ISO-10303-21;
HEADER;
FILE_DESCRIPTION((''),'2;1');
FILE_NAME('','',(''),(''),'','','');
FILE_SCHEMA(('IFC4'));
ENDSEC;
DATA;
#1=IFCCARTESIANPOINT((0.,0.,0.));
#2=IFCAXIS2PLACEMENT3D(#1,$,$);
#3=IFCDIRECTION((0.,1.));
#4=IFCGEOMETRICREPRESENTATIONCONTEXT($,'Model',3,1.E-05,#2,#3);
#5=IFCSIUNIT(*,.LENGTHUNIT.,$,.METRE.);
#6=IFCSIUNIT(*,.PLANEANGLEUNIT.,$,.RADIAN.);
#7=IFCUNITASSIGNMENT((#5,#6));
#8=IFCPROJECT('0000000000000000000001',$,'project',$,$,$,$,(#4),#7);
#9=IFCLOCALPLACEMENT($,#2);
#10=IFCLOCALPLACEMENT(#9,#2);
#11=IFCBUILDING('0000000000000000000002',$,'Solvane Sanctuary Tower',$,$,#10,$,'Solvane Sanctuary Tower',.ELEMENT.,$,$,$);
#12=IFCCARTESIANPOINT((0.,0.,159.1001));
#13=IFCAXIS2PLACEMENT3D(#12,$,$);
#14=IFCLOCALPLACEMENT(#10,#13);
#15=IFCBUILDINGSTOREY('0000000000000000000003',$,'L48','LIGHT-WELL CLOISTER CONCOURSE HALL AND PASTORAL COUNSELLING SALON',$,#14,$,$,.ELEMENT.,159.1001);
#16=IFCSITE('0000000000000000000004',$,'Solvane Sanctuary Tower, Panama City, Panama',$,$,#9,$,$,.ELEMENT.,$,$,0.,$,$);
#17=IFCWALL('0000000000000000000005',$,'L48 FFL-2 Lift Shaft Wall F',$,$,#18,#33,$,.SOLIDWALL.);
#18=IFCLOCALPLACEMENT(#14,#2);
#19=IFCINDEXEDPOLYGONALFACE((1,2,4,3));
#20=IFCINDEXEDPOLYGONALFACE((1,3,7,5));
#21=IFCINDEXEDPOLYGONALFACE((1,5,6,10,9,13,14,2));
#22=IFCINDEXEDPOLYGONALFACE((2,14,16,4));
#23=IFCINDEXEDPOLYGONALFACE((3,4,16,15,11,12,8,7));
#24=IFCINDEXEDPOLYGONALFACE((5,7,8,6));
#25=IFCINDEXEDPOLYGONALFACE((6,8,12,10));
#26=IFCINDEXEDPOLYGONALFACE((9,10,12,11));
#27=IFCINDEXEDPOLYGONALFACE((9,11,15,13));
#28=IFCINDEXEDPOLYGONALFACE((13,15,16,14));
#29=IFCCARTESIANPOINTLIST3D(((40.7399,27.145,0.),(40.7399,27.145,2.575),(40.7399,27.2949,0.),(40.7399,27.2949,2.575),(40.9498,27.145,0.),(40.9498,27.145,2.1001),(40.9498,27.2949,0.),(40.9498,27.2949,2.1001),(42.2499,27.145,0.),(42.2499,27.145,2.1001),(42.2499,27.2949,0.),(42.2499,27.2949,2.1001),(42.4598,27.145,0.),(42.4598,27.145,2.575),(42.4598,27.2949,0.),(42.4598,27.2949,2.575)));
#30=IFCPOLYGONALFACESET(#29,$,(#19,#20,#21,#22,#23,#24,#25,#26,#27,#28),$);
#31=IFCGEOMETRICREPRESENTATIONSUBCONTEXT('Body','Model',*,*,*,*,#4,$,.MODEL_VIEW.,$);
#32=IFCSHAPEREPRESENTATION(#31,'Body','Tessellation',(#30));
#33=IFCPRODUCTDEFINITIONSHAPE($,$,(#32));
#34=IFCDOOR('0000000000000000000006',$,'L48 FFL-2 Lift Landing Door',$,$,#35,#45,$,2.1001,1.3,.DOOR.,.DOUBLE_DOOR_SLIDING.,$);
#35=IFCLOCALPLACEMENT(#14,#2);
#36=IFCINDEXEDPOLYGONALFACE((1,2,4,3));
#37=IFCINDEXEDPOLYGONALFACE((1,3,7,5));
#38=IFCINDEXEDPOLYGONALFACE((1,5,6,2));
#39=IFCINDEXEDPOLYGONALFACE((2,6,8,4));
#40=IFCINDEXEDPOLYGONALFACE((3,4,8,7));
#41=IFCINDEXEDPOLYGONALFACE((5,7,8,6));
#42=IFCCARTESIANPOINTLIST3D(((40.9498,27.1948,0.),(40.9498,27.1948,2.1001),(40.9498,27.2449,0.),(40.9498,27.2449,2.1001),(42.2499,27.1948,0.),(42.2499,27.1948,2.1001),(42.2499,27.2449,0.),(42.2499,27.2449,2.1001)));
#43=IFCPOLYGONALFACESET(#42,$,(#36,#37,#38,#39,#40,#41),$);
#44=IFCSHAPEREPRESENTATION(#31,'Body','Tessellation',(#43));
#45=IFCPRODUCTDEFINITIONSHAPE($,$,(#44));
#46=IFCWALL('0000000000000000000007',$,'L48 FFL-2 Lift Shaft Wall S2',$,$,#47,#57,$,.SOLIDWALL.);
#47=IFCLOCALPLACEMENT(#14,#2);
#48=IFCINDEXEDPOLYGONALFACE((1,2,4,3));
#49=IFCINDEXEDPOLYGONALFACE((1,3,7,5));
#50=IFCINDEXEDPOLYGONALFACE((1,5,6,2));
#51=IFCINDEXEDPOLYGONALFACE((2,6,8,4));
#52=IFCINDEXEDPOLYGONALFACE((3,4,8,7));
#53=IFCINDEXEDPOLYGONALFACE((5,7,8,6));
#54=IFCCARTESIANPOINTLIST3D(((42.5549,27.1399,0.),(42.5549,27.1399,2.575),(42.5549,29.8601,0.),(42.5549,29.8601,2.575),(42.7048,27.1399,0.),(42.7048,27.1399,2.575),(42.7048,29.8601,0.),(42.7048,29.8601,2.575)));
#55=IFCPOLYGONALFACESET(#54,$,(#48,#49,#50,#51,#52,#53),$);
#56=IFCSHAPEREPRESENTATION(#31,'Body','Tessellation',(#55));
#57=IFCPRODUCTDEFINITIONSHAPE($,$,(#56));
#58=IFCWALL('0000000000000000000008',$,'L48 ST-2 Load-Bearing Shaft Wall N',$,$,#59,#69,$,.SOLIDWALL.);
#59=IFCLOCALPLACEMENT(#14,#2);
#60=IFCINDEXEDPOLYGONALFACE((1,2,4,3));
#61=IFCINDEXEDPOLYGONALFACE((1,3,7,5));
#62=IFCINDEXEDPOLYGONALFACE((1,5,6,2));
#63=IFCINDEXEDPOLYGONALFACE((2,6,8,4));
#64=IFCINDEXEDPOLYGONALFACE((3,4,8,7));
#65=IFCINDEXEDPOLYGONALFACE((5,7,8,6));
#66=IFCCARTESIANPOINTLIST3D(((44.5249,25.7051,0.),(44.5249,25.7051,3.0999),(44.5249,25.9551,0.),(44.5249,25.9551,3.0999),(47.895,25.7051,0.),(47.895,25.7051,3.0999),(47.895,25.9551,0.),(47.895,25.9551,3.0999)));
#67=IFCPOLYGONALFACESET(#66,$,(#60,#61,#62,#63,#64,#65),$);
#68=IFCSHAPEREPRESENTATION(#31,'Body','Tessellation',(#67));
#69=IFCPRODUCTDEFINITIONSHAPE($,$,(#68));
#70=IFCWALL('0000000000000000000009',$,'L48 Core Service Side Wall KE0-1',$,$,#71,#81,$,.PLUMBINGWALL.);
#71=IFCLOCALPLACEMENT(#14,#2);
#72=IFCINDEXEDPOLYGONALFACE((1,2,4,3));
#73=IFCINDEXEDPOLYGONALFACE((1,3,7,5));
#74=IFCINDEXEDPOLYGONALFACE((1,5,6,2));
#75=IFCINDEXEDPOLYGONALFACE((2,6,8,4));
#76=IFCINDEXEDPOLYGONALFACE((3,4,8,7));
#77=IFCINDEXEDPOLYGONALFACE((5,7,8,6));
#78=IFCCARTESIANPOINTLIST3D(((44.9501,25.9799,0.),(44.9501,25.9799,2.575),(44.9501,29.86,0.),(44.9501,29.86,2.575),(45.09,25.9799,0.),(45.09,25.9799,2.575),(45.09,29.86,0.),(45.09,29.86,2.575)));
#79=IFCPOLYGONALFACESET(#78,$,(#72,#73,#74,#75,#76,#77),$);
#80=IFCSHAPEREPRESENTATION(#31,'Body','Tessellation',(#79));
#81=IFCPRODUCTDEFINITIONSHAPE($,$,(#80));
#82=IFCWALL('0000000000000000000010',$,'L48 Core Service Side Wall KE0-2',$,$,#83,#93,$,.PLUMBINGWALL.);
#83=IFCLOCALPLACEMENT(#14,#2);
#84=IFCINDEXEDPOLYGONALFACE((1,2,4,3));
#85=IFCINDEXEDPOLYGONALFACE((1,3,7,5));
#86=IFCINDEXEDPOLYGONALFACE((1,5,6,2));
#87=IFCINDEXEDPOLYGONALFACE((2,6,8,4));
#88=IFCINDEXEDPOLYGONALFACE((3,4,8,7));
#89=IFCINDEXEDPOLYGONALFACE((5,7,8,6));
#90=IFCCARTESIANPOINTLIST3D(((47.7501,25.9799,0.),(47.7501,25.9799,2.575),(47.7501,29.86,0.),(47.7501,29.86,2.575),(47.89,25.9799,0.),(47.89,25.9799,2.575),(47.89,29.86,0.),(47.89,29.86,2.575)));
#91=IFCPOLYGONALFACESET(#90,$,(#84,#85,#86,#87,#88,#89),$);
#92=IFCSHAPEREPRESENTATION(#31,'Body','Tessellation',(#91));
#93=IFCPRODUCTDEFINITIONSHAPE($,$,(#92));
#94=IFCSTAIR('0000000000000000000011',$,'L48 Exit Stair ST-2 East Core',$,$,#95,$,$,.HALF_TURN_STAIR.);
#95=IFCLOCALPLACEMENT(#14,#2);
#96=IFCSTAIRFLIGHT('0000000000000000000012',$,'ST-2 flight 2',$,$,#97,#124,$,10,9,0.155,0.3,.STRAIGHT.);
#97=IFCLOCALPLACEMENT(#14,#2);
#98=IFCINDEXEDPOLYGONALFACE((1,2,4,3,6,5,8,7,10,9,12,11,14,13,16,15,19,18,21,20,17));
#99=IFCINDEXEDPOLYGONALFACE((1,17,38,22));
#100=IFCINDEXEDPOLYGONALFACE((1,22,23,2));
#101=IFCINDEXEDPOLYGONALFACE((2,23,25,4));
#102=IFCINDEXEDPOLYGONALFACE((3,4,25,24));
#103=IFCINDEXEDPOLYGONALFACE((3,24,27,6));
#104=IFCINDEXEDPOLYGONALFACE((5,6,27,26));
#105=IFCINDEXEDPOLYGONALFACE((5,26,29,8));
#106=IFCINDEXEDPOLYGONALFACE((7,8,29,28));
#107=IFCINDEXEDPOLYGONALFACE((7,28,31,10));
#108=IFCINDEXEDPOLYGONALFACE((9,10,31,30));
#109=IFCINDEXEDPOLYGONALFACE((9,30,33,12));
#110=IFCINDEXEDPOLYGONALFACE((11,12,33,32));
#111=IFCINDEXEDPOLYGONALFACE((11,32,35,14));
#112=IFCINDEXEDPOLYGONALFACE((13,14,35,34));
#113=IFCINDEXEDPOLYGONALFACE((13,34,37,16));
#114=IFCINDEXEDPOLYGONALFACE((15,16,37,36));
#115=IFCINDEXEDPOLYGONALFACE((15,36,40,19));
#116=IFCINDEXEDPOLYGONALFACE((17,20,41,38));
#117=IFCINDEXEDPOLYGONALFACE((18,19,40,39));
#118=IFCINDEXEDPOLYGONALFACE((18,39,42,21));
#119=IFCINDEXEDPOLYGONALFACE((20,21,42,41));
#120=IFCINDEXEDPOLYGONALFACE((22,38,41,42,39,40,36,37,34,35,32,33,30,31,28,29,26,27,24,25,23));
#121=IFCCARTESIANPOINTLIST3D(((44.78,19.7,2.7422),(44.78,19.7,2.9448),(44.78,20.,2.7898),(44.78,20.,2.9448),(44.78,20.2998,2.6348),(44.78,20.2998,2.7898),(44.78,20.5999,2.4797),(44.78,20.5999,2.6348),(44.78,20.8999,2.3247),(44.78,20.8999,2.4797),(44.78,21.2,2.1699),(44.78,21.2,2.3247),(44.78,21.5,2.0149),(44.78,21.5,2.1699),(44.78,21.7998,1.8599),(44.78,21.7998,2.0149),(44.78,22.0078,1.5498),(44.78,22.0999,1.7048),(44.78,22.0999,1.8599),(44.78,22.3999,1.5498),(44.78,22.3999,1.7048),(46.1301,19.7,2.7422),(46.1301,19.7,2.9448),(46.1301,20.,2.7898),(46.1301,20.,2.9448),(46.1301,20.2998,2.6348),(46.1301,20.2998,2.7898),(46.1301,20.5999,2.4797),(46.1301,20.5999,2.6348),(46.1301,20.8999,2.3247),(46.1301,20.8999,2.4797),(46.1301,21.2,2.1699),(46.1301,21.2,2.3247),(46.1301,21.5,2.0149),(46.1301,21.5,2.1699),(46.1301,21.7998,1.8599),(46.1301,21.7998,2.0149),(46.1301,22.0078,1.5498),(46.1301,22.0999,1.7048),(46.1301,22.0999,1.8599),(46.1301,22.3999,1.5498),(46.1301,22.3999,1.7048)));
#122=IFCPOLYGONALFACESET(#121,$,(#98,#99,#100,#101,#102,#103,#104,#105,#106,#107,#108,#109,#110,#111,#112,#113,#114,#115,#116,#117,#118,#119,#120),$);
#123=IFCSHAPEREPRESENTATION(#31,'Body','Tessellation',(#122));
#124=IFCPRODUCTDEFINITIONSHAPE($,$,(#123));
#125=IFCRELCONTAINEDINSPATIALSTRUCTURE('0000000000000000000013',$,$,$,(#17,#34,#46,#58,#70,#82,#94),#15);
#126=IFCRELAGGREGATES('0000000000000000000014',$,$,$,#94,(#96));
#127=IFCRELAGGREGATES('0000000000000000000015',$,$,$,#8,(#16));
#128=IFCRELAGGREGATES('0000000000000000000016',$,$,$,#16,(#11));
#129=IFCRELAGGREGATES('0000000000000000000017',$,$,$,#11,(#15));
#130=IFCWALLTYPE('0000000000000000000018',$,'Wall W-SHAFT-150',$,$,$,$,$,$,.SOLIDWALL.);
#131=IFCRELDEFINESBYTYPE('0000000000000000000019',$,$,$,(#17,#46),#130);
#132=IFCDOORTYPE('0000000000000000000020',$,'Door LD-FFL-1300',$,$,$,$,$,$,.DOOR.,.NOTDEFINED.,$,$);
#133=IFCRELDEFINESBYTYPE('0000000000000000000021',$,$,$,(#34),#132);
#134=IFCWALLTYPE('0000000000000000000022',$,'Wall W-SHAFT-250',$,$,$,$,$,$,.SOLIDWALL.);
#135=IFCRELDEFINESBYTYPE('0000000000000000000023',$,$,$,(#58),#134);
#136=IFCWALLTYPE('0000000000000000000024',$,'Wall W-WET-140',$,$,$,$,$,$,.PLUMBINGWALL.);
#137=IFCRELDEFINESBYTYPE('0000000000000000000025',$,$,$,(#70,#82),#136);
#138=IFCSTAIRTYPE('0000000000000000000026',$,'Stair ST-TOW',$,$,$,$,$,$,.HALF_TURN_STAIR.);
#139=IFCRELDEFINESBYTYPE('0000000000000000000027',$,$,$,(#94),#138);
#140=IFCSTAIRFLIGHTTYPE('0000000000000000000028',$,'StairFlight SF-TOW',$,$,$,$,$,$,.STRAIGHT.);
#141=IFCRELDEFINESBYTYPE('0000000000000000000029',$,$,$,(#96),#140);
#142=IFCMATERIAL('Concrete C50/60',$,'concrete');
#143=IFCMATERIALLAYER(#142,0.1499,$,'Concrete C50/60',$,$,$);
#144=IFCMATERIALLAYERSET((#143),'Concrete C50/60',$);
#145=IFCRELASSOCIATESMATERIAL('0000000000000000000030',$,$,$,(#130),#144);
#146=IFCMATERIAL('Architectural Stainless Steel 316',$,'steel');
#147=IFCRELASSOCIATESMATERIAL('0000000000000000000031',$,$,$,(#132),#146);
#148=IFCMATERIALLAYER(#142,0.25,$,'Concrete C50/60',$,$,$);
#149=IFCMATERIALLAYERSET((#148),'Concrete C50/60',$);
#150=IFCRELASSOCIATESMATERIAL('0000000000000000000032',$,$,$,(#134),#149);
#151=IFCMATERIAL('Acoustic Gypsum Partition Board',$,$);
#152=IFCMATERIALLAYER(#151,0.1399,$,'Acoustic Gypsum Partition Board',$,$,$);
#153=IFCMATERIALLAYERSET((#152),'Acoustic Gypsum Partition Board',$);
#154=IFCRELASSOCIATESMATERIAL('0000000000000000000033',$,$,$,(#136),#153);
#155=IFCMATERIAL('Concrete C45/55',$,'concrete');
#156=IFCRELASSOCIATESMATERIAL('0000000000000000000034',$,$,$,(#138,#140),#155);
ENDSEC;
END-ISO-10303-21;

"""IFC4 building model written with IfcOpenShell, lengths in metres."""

from ifc_helpers import new_model, si_unit, direction, frame, frame_2d, origin, place, context, subcontext, project, spatial, polyline, rectangle, outline, extrude, material, layer, layer_set, type_object, element, fill, aggregate, save


model = new_model("IFC4")

# Units and contexts
model_context = context("Model", 3, precision=1e-05, world=origin(), true_north=direction((0.0, 1.0)))
body_context = subcontext(model_context, "Body", "Model", "MODEL_VIEW")
ifc_project = project(units=[si_unit("LENGTHUNIT", "METRE"), si_unit("PLANEANGLEUNIT", "RADIAN")], contexts=[model_context])

# Site, building, storey
site_placement = place(None, origin())
site = spatial("IfcSite", under=ifc_project, at=site_placement, Name="Solvane Sanctuary Tower, Panama City, Panama", CompositionType="ELEMENT", RefElevation=0.0)
building_placement = place(site_placement, origin())
building = spatial("IfcBuilding", under=site, at=building_placement, Name="Solvane Sanctuary Tower", LongName="Solvane Sanctuary Tower", CompositionType="ELEMENT")
storey_placement = place(building_placement, frame((0.0, 0.0, 159.1001)))
storey = spatial("IfcBuildingStorey", under=building, at=storey_placement, Name="L48", Description="LIGHT-WELL CLOISTER CONCOURSE HALL AND PASTORAL COUNSELLING SALON", CompositionType="ELEMENT", Elevation=159.1001)

# Shared definitions
ifc_material_1 = material(Name="Acoustic Gypsum Partition Board")
ifc_material_2 = material(Name="Concrete C50/60", Category="concrete")
ifc_layer_1 = layer(ifc_material_2, 0.1499, Name="Concrete C50/60")
ifc_layer_set_1 = layer_set([ifc_layer_1], Name="Concrete C50/60")
wall_type_1 = type_object("IfcWallType", Name="Wall W-SHAFT-150", PredefinedType="SOLIDWALL", material=ifc_layer_set_1)

# Wall, opening, door
wall_1_placement = place(storey_placement, frame((40.74, 27.22, 0.0), z_axis=(0.0, 0.0, 1.0), x_axis=(1.0, 0.0, 0.0)))
wall_1 = element("IfcWall", 1, at=wall_1_placement, inside=storey, type_object=wall_type_1, Name="L48 FFL-2 Lift Shaft Wall F", PredefinedType="SOLIDWALL", context=body_context, shape_type="SweptSolid", body=[
    extrude(rectangle(XDim=1.72, YDim=0.1499, at=frame_2d((0.8599, 0.0))), origin(), (0.0, 0.0, 1.0), 2.575),
])
opening_placement = place(wall_1_placement, frame((0.21, 0.0, 0.0)))
opening = element("IfcOpeningElement", 2, at=opening_placement, cuts=wall_1, PredefinedType="OPENING", context=body_context, shape_type="SweptSolid", body=[
    extrude(rectangle(XDim=1.3, YDim=2.1001, at=frame_2d((0.6499, 1.05))), frame((0.0, 0.085, 0.0), z_axis=(0.0, -1.0, 0.0), x_axis=(1.0, 0.0, 0.0)), (0.0, 0.0, 1.0), 0.1699),
])
ifc_material_3 = material(Name="Architectural Stainless Steel 316", Category="steel")
door_type = type_object("IfcDoorType", Name="Door LD-FFL-1300", OperationType="NOTDEFINED", PredefinedType="DOOR", material=ifc_material_3)
door_placement = place(opening_placement, origin())
door = element("IfcDoor", 3, at=door_placement, inside=storey, type_object=door_type, Name="L48 FFL-2 Lift Landing Door", OperationType="DOUBLE_DOOR_SLIDING", OverallHeight=2.1001, OverallWidth=1.3, PredefinedType="DOOR", context=body_context, shape_type="SweptSolid", body=[
    extrude(rectangle(XDim=1.3, YDim=2.1001, at=frame_2d((0.6499, 1.05))), frame((0.0, 0.0249, 0.0), z_axis=(0.0, -1.0, 0.0), x_axis=(1.0, 0.0, 0.0)), (0.0, 0.0, 1.0), 0.05),
])
fill(opening, door)

# Walls
wall_2_placement = place(storey_placement, frame((42.6299, 27.1399, 0.0), z_axis=(0.0, 0.0, 1.0), x_axis=(0.0, 1.0, 0.0)))
element("IfcWall", 4, at=wall_2_placement, inside=storey, type_object=wall_type_1, Name="L48 FFL-2 Lift Shaft Wall S2", PredefinedType="SOLIDWALL", context=body_context, shape_type="SweptSolid", body=[
    extrude(rectangle(XDim=2.7202, YDim=0.1499, at=frame_2d((1.3601, 0.0))), origin(), (0.0, 0.0, 1.0), 2.575),
])
ifc_layer_2 = layer(ifc_material_2, 0.25, Name="Concrete C50/60")
ifc_layer_set_2 = layer_set([ifc_layer_2], Name="Concrete C50/60")
wall_type_2 = type_object("IfcWallType", Name="Wall W-SHAFT-250", PredefinedType="SOLIDWALL", material=ifc_layer_set_2)
wall_3_placement = place(storey_placement, frame((44.5249, 25.8301, 0.0), z_axis=(0.0, 0.0, 1.0), x_axis=(1.0, 0.0, 0.0)))
element("IfcWall", 5, at=wall_3_placement, inside=storey, type_object=wall_type_2, Name="L48 ST-2 Load-Bearing Shaft Wall N", PredefinedType="SOLIDWALL", context=body_context, shape_type="SweptSolid", body=[
    extrude(rectangle(XDim=3.3701, YDim=0.25, at=frame_2d((1.6851, 0.0))), origin(), (0.0, 0.0, 1.0), 3.0999),
])
ifc_layer_3 = layer(ifc_material_1, 0.1399, Name="Acoustic Gypsum Partition Board")
ifc_layer_set_3 = layer_set([ifc_layer_3], Name="Acoustic Gypsum Partition Board")
wall_type_3 = type_object("IfcWallType", Name="Wall W-WET-140", PredefinedType="PLUMBINGWALL", material=ifc_layer_set_3)
for number, where, z_axis, x_axis, name in (
    (6, (45.02, 25.98, 0.0), (0.0, 0.0, 1.0), (0.0, 1.0, 0.0), "L48 Core Service Side Wall KE0-1"),
    (7, (47.8201, 25.98, 0.0), (0.0, 0.0, 1.0), (0.0, 1.0, 0.0), "L48 Core Service Side Wall KE0-2"),
):
    element("IfcWall", number, at=place(storey_placement, frame(where, z_axis=z_axis, x_axis=x_axis)), inside=storey, type_object=wall_type_3, Name=name, PredefinedType="PLUMBINGWALL", context=body_context, shape_type="SweptSolid", body=[
        extrude(rectangle(XDim=3.8801, YDim=0.1399, at=frame_2d((1.9399, 0.0))), origin(), (0.0, 0.0, 1.0), 2.575),
    ])

# Stair, stair flight
ifc_material_4 = material(Name="Concrete C45/55", Category="concrete")
stair_type = type_object("IfcStairType", Name="Stair ST-TOW", PredefinedType="HALF_TURN_STAIR", material=ifc_material_4)
stair_placement = place(storey_placement, origin())
stair = element("IfcStair", 8, at=stair_placement, inside=storey, type_object=stair_type, Name="L48 Exit Stair ST-2 East Core", PredefinedType="HALF_TURN_STAIR")
stair_flight_type = type_object("IfcStairFlightType", Name="StairFlight SF-TOW", PredefinedType="STRAIGHT", material=ifc_material_4)
stair_flight_placement = place(storey_placement, frame((45.4551, 22.3999, 1.5498), z_axis=(0.0, 0.0, 1.0), x_axis=(0.0, -1.0, 0.0)))
stair_flight = element("IfcStairFlight", 9, at=stair_flight_placement, type_object=stair_flight_type, Name="ST-2 flight 2", NumberOfRisers=10, NumberOfTreads=9, PredefinedType="STRAIGHT", RiserHeight=0.155, TreadLength=0.3, context=body_context, shape_type="SweptSolid", body=[
    extrude(outline(polyline([(0.0, 0.0), (0.0, 0.155), (0.3, 0.155), (0.3, 0.3101), (0.6001, 0.3101), (0.6001, 0.4651), (0.8999, 0.4651), (0.8999, 0.6201), (1.2, 0.6201), (1.2, 0.7749), (1.5, 0.7749), (1.5, 0.9299), (1.8, 0.9299), (1.8, 1.085), (2.1001, 1.085), (2.1001, 1.24), (2.3999, 1.24), (2.3999, 1.395), (2.7, 1.395), (2.7, 1.55), (2.7, 1.1924), (0.3921, 0.0), (0.0, 0.0)])), frame((0.0, 0.675, 0.0), z_axis=(0.0, -1.0, 0.0), x_axis=(1.0, 0.0, 0.0)), (0.0, 0.0, 1.0), 1.3501),
])
aggregate(stair, [stair_flight])

save(model, "model.ifc")
